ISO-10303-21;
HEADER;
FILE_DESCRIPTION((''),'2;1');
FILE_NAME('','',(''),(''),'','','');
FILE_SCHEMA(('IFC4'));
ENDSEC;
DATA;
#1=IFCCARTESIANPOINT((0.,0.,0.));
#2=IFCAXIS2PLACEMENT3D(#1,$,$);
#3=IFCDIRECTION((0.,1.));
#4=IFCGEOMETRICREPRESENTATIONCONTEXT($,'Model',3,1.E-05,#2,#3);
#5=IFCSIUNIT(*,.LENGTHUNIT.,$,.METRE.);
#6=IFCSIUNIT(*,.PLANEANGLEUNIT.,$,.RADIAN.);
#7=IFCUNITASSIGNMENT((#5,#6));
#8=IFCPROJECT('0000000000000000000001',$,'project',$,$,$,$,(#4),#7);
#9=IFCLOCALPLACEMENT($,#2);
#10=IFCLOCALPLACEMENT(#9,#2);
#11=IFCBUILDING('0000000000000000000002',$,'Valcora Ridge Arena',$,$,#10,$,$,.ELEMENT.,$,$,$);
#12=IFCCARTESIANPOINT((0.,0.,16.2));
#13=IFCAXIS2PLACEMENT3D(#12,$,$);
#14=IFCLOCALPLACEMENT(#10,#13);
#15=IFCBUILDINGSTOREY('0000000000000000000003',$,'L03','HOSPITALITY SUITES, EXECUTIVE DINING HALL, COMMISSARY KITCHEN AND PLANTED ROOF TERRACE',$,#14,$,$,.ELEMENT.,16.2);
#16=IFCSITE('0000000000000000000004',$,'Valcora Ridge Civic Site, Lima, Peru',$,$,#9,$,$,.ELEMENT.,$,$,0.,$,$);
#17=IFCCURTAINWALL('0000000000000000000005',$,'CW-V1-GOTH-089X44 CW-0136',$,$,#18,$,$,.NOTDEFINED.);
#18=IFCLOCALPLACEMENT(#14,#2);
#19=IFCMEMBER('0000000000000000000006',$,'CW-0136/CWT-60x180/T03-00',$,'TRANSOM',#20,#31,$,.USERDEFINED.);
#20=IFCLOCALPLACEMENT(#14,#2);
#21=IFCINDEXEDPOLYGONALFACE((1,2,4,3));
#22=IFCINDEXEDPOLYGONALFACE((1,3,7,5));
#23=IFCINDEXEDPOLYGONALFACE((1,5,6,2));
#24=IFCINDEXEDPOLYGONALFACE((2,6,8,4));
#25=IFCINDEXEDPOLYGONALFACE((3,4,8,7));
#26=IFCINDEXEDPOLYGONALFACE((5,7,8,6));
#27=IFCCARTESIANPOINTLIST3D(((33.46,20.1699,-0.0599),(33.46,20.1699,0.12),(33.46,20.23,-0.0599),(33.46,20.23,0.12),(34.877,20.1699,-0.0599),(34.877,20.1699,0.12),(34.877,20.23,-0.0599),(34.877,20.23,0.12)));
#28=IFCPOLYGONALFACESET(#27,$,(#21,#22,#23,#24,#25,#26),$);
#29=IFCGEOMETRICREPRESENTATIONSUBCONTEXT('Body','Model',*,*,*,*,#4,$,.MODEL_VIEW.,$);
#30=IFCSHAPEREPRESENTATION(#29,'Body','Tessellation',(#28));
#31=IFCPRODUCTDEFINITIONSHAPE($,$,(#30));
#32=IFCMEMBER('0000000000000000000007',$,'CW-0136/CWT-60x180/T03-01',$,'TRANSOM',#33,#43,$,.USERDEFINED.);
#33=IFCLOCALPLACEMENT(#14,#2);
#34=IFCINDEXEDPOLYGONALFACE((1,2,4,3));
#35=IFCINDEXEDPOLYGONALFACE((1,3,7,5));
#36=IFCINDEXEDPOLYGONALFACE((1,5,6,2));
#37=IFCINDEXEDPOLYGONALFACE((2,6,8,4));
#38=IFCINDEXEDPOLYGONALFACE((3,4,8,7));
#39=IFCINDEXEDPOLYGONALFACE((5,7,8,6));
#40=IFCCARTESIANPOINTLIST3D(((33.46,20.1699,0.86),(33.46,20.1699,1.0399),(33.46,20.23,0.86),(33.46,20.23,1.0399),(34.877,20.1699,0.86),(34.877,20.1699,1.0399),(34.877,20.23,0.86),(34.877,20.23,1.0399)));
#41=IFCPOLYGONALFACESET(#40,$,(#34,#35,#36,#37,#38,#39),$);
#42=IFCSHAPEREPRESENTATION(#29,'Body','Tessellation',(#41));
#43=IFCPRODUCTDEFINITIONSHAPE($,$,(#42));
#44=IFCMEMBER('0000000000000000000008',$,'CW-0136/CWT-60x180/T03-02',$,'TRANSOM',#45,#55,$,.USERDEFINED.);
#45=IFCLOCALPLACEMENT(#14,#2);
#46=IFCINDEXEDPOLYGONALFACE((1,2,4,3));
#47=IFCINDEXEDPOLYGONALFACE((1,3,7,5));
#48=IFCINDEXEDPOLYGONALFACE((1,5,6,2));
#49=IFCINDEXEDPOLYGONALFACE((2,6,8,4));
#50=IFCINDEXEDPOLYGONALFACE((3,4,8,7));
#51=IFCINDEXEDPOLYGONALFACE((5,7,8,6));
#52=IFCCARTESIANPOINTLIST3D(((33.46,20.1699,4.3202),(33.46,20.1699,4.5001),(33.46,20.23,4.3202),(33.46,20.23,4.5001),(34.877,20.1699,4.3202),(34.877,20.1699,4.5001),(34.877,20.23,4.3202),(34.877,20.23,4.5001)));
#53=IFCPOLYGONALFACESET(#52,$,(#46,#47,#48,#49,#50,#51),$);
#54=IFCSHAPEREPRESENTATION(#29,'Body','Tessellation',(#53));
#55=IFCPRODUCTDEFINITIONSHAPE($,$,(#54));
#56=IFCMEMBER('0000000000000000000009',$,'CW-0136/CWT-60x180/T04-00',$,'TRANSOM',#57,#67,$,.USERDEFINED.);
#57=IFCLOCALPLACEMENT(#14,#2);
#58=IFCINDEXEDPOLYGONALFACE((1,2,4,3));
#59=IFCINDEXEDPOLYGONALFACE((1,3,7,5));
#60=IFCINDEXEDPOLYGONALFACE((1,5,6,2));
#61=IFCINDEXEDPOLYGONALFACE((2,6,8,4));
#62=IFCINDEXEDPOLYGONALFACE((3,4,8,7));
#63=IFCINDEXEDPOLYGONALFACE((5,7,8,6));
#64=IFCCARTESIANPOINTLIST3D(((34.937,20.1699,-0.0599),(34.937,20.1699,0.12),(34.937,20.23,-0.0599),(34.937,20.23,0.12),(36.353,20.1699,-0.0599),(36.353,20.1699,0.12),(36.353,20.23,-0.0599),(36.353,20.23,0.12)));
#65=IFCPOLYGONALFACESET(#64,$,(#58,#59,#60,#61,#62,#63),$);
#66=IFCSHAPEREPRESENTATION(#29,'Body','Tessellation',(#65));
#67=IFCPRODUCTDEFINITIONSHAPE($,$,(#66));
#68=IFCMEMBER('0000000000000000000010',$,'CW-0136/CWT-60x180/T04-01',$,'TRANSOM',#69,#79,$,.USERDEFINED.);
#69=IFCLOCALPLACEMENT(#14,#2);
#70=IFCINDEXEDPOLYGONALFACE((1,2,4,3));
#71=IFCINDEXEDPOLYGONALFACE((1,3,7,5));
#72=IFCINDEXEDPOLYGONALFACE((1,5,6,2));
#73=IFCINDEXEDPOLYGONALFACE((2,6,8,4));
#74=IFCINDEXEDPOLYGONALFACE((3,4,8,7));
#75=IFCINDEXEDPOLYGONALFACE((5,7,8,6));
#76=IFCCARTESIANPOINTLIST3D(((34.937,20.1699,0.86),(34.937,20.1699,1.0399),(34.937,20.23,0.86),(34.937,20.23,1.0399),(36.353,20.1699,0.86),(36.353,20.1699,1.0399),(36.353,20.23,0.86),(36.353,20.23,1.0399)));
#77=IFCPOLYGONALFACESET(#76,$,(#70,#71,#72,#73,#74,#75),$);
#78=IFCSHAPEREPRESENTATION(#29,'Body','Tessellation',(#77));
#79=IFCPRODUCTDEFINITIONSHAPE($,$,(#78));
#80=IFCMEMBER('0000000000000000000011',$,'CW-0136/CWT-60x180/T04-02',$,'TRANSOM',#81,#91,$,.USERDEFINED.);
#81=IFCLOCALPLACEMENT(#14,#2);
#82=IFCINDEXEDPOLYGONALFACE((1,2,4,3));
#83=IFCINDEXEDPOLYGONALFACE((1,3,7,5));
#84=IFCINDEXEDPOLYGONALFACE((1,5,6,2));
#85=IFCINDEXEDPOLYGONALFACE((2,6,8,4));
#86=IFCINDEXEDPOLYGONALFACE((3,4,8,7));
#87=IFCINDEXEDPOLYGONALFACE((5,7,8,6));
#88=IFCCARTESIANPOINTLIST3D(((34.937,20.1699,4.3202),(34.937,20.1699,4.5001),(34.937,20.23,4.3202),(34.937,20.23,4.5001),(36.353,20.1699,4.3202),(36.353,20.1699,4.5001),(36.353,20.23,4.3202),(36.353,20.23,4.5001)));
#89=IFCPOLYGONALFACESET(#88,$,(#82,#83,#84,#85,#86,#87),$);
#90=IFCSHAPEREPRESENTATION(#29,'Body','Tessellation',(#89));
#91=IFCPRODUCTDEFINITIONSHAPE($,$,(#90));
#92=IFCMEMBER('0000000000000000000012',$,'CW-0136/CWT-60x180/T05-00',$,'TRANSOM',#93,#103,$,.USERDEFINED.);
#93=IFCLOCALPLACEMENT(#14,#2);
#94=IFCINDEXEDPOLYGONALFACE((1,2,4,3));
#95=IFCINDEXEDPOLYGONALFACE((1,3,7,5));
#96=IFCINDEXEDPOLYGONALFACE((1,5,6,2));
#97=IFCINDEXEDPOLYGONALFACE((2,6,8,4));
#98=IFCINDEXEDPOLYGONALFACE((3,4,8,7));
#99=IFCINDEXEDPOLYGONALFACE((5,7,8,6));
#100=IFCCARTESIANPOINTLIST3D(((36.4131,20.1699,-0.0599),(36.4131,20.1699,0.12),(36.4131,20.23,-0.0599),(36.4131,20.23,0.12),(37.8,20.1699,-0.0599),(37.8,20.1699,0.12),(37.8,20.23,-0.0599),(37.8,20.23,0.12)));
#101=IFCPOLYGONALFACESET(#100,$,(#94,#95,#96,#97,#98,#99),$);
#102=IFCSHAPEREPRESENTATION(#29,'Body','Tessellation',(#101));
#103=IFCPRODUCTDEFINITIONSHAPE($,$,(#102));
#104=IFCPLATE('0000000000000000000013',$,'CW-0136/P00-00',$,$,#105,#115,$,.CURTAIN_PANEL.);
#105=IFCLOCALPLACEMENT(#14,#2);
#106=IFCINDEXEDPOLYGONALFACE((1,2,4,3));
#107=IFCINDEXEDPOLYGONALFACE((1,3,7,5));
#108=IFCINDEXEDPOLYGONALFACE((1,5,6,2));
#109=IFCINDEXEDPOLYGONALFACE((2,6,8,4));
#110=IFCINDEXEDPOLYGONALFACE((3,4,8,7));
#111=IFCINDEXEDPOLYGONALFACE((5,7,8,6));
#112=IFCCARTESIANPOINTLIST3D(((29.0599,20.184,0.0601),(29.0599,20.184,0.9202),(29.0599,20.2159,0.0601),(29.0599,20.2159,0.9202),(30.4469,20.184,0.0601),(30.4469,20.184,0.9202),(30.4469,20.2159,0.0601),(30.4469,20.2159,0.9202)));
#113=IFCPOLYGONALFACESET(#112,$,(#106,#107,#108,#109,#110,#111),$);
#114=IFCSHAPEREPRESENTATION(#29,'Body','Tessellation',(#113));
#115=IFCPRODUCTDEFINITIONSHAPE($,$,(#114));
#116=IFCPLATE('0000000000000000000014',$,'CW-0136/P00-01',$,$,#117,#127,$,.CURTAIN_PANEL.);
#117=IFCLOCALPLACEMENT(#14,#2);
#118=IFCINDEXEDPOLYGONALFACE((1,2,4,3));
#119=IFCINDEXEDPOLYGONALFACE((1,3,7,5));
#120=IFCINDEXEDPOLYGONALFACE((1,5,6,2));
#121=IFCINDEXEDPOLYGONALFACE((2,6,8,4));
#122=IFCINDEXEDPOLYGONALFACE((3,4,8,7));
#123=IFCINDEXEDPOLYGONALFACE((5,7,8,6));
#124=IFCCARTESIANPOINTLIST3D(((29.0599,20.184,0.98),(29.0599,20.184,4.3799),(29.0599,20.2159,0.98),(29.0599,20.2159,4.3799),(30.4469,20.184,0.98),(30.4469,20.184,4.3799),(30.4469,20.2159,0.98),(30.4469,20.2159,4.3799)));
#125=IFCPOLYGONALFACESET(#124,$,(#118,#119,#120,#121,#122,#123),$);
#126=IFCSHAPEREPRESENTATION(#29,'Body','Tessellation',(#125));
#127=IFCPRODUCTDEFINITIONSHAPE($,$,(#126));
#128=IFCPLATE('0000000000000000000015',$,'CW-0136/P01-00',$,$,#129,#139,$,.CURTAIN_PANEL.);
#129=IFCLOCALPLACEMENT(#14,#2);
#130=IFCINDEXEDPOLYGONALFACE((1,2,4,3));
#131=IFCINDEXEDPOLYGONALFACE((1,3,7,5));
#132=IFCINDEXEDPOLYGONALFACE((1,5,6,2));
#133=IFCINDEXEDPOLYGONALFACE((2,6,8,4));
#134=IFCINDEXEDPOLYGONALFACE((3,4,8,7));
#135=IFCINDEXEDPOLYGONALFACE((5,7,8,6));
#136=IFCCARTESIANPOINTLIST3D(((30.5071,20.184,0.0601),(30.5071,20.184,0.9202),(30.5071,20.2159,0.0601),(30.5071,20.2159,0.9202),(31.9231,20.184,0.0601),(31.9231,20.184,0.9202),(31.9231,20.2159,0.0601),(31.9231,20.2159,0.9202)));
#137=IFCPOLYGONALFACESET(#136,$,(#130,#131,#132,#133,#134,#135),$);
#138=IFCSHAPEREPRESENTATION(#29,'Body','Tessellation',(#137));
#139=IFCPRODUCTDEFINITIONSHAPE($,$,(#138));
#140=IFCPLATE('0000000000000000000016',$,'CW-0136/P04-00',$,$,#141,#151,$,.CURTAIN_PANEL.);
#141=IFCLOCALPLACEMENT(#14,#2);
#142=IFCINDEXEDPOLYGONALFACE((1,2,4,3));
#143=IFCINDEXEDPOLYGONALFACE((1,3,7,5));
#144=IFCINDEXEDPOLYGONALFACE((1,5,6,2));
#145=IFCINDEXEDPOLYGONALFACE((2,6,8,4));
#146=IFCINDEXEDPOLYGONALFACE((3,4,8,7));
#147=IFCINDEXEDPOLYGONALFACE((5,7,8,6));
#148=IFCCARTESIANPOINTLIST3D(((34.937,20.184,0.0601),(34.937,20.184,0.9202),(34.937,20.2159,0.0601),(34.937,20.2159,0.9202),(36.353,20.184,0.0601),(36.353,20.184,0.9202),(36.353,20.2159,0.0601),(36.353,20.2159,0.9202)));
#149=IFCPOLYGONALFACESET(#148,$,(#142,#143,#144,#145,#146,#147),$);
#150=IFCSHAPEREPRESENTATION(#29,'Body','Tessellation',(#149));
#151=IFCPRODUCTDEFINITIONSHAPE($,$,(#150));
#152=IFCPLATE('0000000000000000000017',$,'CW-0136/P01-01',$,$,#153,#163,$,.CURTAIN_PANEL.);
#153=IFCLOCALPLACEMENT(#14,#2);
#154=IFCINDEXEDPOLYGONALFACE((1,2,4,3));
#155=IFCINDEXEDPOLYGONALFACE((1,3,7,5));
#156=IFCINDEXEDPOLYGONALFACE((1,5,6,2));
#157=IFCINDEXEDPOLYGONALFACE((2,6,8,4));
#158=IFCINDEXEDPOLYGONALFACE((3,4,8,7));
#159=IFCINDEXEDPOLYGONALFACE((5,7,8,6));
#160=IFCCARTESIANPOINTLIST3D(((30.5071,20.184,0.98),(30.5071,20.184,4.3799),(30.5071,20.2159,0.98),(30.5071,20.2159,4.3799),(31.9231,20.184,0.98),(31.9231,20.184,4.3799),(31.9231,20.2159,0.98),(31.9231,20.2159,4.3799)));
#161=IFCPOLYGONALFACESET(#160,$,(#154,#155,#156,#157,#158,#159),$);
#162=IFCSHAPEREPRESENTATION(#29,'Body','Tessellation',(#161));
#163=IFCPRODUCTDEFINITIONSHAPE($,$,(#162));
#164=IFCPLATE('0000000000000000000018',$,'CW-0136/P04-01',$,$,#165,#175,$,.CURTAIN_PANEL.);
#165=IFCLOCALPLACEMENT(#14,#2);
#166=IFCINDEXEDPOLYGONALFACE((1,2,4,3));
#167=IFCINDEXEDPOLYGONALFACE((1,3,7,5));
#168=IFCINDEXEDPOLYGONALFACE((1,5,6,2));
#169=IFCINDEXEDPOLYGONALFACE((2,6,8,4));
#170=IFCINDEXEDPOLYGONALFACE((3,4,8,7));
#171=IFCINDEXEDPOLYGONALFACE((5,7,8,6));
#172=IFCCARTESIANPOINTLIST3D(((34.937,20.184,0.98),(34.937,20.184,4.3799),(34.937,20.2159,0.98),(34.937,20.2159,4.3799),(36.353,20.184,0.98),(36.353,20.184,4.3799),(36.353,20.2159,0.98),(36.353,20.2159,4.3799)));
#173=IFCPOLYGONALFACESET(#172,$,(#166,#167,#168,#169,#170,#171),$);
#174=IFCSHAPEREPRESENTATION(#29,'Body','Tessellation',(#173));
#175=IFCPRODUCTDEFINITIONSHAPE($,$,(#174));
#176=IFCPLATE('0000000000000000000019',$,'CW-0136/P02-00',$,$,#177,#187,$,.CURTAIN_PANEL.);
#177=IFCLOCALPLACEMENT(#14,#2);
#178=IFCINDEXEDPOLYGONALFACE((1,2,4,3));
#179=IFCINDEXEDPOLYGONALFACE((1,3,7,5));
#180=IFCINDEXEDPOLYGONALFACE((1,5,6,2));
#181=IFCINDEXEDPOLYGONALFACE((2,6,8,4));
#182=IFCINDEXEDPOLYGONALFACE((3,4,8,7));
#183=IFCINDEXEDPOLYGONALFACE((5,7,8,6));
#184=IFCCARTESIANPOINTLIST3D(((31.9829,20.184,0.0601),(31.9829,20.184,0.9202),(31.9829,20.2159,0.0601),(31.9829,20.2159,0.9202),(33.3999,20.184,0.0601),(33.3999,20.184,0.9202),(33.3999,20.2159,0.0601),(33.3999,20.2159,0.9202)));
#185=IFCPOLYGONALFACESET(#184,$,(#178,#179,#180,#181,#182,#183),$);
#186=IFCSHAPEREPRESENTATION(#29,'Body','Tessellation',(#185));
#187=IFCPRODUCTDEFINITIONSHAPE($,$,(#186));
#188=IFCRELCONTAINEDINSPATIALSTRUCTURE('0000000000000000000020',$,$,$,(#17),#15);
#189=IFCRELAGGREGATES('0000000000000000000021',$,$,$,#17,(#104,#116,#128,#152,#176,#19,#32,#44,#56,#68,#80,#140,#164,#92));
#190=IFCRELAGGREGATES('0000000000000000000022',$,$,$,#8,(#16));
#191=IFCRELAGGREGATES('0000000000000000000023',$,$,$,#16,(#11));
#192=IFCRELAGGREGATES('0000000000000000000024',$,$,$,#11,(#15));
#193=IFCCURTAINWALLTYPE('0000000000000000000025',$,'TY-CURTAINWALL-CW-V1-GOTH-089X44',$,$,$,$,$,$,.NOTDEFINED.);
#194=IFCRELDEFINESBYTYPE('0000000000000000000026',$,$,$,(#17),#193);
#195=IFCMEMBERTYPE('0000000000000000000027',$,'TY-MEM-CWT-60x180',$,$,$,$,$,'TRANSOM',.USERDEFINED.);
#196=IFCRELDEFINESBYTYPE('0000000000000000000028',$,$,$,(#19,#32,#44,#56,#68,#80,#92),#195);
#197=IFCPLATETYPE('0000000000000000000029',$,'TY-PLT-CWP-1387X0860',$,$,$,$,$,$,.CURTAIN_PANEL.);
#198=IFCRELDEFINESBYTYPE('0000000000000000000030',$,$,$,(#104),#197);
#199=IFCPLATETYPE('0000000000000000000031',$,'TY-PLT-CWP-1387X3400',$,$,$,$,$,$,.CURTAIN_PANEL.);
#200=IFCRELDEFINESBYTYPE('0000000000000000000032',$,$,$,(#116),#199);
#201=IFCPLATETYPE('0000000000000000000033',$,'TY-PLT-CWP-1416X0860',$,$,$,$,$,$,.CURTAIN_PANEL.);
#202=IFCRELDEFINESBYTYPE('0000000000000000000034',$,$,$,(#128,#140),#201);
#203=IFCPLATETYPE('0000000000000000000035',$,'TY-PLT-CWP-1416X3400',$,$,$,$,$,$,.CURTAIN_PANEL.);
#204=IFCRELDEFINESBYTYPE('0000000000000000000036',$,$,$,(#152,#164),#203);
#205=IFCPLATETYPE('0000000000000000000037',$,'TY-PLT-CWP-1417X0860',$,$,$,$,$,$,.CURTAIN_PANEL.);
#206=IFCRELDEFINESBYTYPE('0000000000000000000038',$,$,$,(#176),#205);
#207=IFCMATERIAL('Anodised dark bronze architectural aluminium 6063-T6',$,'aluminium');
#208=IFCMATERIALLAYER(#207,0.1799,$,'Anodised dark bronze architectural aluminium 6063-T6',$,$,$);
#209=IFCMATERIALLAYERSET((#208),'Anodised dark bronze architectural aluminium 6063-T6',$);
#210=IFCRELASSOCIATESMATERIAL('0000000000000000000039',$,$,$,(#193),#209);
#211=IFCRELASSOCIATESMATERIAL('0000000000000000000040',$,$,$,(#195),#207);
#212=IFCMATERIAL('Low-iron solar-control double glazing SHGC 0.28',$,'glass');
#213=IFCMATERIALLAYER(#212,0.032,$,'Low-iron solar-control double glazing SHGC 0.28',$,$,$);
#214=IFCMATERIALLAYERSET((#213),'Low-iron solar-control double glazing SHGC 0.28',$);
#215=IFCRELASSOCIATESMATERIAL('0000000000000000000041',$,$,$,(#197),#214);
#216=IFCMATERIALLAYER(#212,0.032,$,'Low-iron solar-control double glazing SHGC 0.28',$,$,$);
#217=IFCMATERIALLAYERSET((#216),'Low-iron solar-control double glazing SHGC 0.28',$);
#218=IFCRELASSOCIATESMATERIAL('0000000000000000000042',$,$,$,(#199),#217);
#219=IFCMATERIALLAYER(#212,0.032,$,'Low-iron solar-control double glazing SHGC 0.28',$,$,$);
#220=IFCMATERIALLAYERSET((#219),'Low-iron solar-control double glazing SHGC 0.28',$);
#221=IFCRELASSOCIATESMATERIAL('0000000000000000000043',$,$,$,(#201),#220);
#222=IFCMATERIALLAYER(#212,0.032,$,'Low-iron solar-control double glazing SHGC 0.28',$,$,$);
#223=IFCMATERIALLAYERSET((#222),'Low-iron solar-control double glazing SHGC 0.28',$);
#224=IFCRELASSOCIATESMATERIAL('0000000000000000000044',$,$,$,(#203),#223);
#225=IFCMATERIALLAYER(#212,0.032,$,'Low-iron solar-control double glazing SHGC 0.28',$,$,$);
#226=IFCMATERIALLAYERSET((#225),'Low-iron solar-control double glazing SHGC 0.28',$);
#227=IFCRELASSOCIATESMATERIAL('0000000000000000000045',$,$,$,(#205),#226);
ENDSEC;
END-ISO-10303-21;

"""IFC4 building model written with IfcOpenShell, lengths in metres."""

from ifc_helpers import new_model, si_unit, direction, frame, origin, origin_2d, place, context, subcontext, project, spatial, rectangle, extrude, material, layer, layer_set, material_profile, profile_set, type_object, element, aggregate, save


model = new_model("IFC4")

# Units and contexts
model_context = context("Model", 3, precision=1e-05, world=origin(), true_north=direction((0.0, 1.0)))
body_context = subcontext(model_context, "Body", "Model", "MODEL_VIEW")
ifc_project = project(units=[si_unit("LENGTHUNIT", "METRE"), si_unit("PLANEANGLEUNIT", "RADIAN")], contexts=[model_context])

# Site, building, storey
site_placement = place(None, origin())
site = spatial("IfcSite", under=ifc_project, at=site_placement, Name="Valcora Ridge Civic Site, Lima, Peru", CompositionType="ELEMENT", RefElevation=0.0)
building_placement = place(site_placement, origin())
building = spatial("IfcBuilding", under=site, at=building_placement, Name="Valcora Ridge Arena", CompositionType="ELEMENT")
storey_placement = place(building_placement, frame((0.0, 0.0, 16.2)))
storey = spatial("IfcBuildingStorey", under=building, at=storey_placement, Name="L03", Description="HOSPITALITY SUITES, EXECUTIVE DINING HALL, COMMISSARY KITCHEN AND PLANTED ROOF TERRACE", CompositionType="ELEMENT", Elevation=16.2)

# Curtain wall, members, plates
ifc_material_1 = material(Name="Anodised dark bronze architectural aluminium 6063-T6", Category="aluminium")
ifc_layer_1 = layer(ifc_material_1, 0.1799, Name="Anodised dark bronze architectural aluminium 6063-T6")
ifc_layer_set_1 = layer_set([ifc_layer_1], Name="Anodised dark bronze architectural aluminium 6063-T6")
curtain_wall_type = type_object("IfcCurtainWallType", Name="TY-CURTAINWALL-CW-V1-GOTH-089X44", PredefinedType="NOTDEFINED", material=ifc_layer_set_1)
curtain_wall_placement = place(storey_placement, origin())
curtain_wall = element("IfcCurtainWall", 1, at=curtain_wall_placement, inside=storey, type_object=curtain_wall_type, Name="CW-V1-GOTH-089X44 CW-0136", PredefinedType="NOTDEFINED")
ifc_material_profile_1 = material_profile(ifc_material_1, rectangle(XDim=0.0601, YDim=0.1799, at=origin_2d()), Name="ALU TRANSOM 60x180")
ifc_profile_set_1 = profile_set([ifc_material_profile_1], Name="Anodised dark bronze architectural aluminium 6063-T6")
member_type_1 = type_object("IfcMemberType", Name="TY-MEM-CWT-60x180", ElementType="TRANSOM", PredefinedType="USERDEFINED", material=ifc_profile_set_1)
member_1_placement = place(storey_placement, frame((33.46, 20.2, 0.03), z_axis=(1.0, 0.0, 0.0), x_axis=(0.0, 1.0, 0.0)))
member_1 = element("IfcMember", 2, at=member_1_placement, type_object=member_type_1, Name="CW-0136/CWT-60x180/T03-00", ObjectType="TRANSOM", PredefinedType="USERDEFINED", context=body_context, shape_type="SweptSolid", body=[
    extrude(rectangle(XDim=0.0601, YDim=0.1799, at=origin_2d()), origin(), (0.0, 0.0, 1.0), 1.417),
])
member_2_placement = place(storey_placement, frame((33.46, 20.2, 0.95), z_axis=(1.0, 0.0, 0.0), x_axis=(0.0, 1.0, 0.0)))
member_2 = element("IfcMember", 3, at=member_2_placement, type_object=member_type_1, Name="CW-0136/CWT-60x180/T03-01", ObjectType="TRANSOM", PredefinedType="USERDEFINED", context=body_context, shape_type="SweptSolid", body=[
    extrude(rectangle(XDim=0.0601, YDim=0.1799, at=origin_2d()), origin(), (0.0, 0.0, 1.0), 1.417),
])
member_3_placement = place(storey_placement, frame((33.46, 20.2, 4.4102), z_axis=(1.0, 0.0, 0.0), x_axis=(0.0, 1.0, 0.0)))
member_3 = element("IfcMember", 4, at=member_3_placement, type_object=member_type_1, Name="CW-0136/CWT-60x180/T03-02", ObjectType="TRANSOM", PredefinedType="USERDEFINED", context=body_context, shape_type="SweptSolid", body=[
    extrude(rectangle(XDim=0.0601, YDim=0.1799, at=origin_2d()), origin(), (0.0, 0.0, 1.0), 1.417),
])
member_4_placement = place(storey_placement, frame((34.937, 20.2, 0.03), z_axis=(1.0, 0.0, 0.0), x_axis=(0.0, 1.0, 0.0)))
member_4 = element("IfcMember", 5, at=member_4_placement, type_object=member_type_1, Name="CW-0136/CWT-60x180/T04-00", ObjectType="TRANSOM", PredefinedType="USERDEFINED", context=body_context, shape_type="SweptSolid", body=[
    extrude(rectangle(XDim=0.0601, YDim=0.1799, at=origin_2d()), origin(), (0.0, 0.0, 1.0), 1.416),
])
member_5_placement = place(storey_placement, frame((34.937, 20.2, 0.95), z_axis=(1.0, 0.0, 0.0), x_axis=(0.0, 1.0, 0.0)))
member_5 = element("IfcMember", 6, at=member_5_placement, type_object=member_type_1, Name="CW-0136/CWT-60x180/T04-01", ObjectType="TRANSOM", PredefinedType="USERDEFINED", context=body_context, shape_type="SweptSolid", body=[
    extrude(rectangle(XDim=0.0601, YDim=0.1799, at=origin_2d()), origin(), (0.0, 0.0, 1.0), 1.416),
])
member_6_placement = place(storey_placement, frame((34.937, 20.2, 4.4102), z_axis=(1.0, 0.0, 0.0), x_axis=(0.0, 1.0, 0.0)))
member_6 = element("IfcMember", 7, at=member_6_placement, type_object=member_type_1, Name="CW-0136/CWT-60x180/T04-02", ObjectType="TRANSOM", PredefinedType="USERDEFINED", context=body_context, shape_type="SweptSolid", body=[
    extrude(rectangle(XDim=0.0601, YDim=0.1799, at=origin_2d()), origin(), (0.0, 0.0, 1.0), 1.416),
])
member_7_placement = place(storey_placement, frame((36.4131, 20.2, 0.03), z_axis=(1.0, 0.0, 0.0), x_axis=(0.0, 1.0, 0.0)))
member_7 = element("IfcMember", 8, at=member_7_placement, type_object=member_type_1, Name="CW-0136/CWT-60x180/T05-00", ObjectType="TRANSOM", PredefinedType="USERDEFINED", context=body_context, shape_type="SweptSolid", body=[
    extrude(rectangle(XDim=0.0601, YDim=0.1799, at=origin_2d()), origin(), (0.0, 0.0, 1.0), 1.387),
])
ifc_material_2 = material(Name="Low-iron solar-control double glazing SHGC 0.28", Category="glass")
ifc_layer_2 = layer(ifc_material_2, 0.032, Name="Low-iron solar-control double glazing SHGC 0.28")
ifc_layer_set_2 = layer_set([ifc_layer_2], Name="Low-iron solar-control double glazing SHGC 0.28")
plate_type_1 = type_object("IfcPlateType", Name="TY-PLT-CWP-1387X0860", PredefinedType="CURTAIN_PANEL", material=ifc_layer_set_2)
plate_1_placement = place(storey_placement, frame((29.7534, 20.2, 0.0601), z_axis=(0.0, 0.0, 1.0), x_axis=(1.0, 0.0, 0.0)))
plate_1 = element("IfcPlate", 9, at=plate_1_placement, type_object=plate_type_1, Name="CW-0136/P00-00", PredefinedType="CURTAIN_PANEL", context=body_context, shape_type="SweptSolid", body=[
    extrude(rectangle(XDim=1.387, YDim=0.032, at=origin_2d()), origin(), (0.0, 0.0, 1.0), 0.8601),
])
ifc_layer_3 = layer(ifc_material_2, 0.032, Name="Low-iron solar-control double glazing SHGC 0.28")
ifc_layer_set_3 = layer_set([ifc_layer_3], Name="Low-iron solar-control double glazing SHGC 0.28")
plate_type_2 = type_object("IfcPlateType", Name="TY-PLT-CWP-1387X3400", PredefinedType="CURTAIN_PANEL", material=ifc_layer_set_3)
plate_2_placement = place(storey_placement, frame((29.7534, 20.2, 0.98), z_axis=(0.0, 0.0, 1.0), x_axis=(1.0, 0.0, 0.0)))
plate_2 = element("IfcPlate", 10, at=plate_2_placement, type_object=plate_type_2, Name="CW-0136/P00-01", PredefinedType="CURTAIN_PANEL", context=body_context, shape_type="SweptSolid", body=[
    extrude(rectangle(XDim=1.387, YDim=0.032, at=origin_2d()), origin(), (0.0, 0.0, 1.0), 3.3999),
])
ifc_layer_4 = layer(ifc_material_2, 0.032, Name="Low-iron solar-control double glazing SHGC 0.28")
ifc_layer_set_4 = layer_set([ifc_layer_4], Name="Low-iron solar-control double glazing SHGC 0.28")
plate_type_3 = type_object("IfcPlateType", Name="TY-PLT-CWP-1416X0860", PredefinedType="CURTAIN_PANEL", material=ifc_layer_set_4)
plate_3_placement = place(storey_placement, frame((31.2151, 20.2, 0.0601), z_axis=(0.0, 0.0, 1.0), x_axis=(1.0, 0.0, 0.0)))
plate_3 = element("IfcPlate", 11, at=plate_3_placement, type_object=plate_type_3, Name="CW-0136/P01-00", PredefinedType="CURTAIN_PANEL", context=body_context, shape_type="SweptSolid", body=[
    extrude(rectangle(XDim=1.416, YDim=0.032, at=origin_2d()), origin(), (0.0, 0.0, 1.0), 0.8601),
])
plate_4_placement = place(storey_placement, frame((35.645, 20.2, 0.0601), z_axis=(0.0, 0.0, 1.0), x_axis=(1.0, 0.0, 0.0)))
plate_4 = element("IfcPlate", 12, at=plate_4_placement, type_object=plate_type_3, Name="CW-0136/P04-00", PredefinedType="CURTAIN_PANEL", context=body_context, shape_type="SweptSolid", body=[
    extrude(rectangle(XDim=1.416, YDim=0.032, at=origin_2d()), origin(), (0.0, 0.0, 1.0), 0.8601),
])
ifc_layer_5 = layer(ifc_material_2, 0.032, Name="Low-iron solar-control double glazing SHGC 0.28")
ifc_layer_set_5 = layer_set([ifc_layer_5], Name="Low-iron solar-control double glazing SHGC 0.28")
plate_type_4 = type_object("IfcPlateType", Name="TY-PLT-CWP-1416X3400", PredefinedType="CURTAIN_PANEL", material=ifc_layer_set_5)
plate_5_placement = place(storey_placement, frame((31.2151, 20.2, 0.98), z_axis=(0.0, 0.0, 1.0), x_axis=(1.0, 0.0, 0.0)))
plate_5 = element("IfcPlate", 13, at=plate_5_placement, type_object=plate_type_4, Name="CW-0136/P01-01", PredefinedType="CURTAIN_PANEL", context=body_context, shape_type="SweptSolid", body=[
    extrude(rectangle(XDim=1.416, YDim=0.032, at=origin_2d()), origin(), (0.0, 0.0, 1.0), 3.3999),
])
plate_6_placement = place(storey_placement, frame((35.645, 20.2, 0.98), z_axis=(0.0, 0.0, 1.0), x_axis=(1.0, 0.0, 0.0)))
plate_6 = element("IfcPlate", 14, at=plate_6_placement, type_object=plate_type_4, Name="CW-0136/P04-01", PredefinedType="CURTAIN_PANEL", context=body_context, shape_type="SweptSolid", body=[
    extrude(rectangle(XDim=1.416, YDim=0.032, at=origin_2d()), origin(), (0.0, 0.0, 1.0), 3.3999),
])
ifc_layer_6 = layer(ifc_material_2, 0.032, Name="Low-iron solar-control double glazing SHGC 0.28")
ifc_layer_set_6 = layer_set([ifc_layer_6], Name="Low-iron solar-control double glazing SHGC 0.28")
plate_type_5 = type_object("IfcPlateType", Name="TY-PLT-CWP-1417X0860", PredefinedType="CURTAIN_PANEL", material=ifc_layer_set_6)
plate_7_placement = place(storey_placement, frame((32.6914, 20.2, 0.0601), z_axis=(0.0, 0.0, 1.0), x_axis=(1.0, 0.0, 0.0)))
plate_7 = element("IfcPlate", 15, at=plate_7_placement, type_object=plate_type_5, Name="CW-0136/P02-00", PredefinedType="CURTAIN_PANEL", context=body_context, shape_type="SweptSolid", body=[
    extrude(rectangle(XDim=1.417, YDim=0.032, at=origin_2d()), origin(), (0.0, 0.0, 1.0), 0.8601),
])
aggregate(curtain_wall, [plate_1, plate_2, plate_3, plate_5, plate_7, member_1, member_2, member_3, member_4, member_5, member_6, plate_4, plate_6, member_7])

save(model, "model.ifc")
